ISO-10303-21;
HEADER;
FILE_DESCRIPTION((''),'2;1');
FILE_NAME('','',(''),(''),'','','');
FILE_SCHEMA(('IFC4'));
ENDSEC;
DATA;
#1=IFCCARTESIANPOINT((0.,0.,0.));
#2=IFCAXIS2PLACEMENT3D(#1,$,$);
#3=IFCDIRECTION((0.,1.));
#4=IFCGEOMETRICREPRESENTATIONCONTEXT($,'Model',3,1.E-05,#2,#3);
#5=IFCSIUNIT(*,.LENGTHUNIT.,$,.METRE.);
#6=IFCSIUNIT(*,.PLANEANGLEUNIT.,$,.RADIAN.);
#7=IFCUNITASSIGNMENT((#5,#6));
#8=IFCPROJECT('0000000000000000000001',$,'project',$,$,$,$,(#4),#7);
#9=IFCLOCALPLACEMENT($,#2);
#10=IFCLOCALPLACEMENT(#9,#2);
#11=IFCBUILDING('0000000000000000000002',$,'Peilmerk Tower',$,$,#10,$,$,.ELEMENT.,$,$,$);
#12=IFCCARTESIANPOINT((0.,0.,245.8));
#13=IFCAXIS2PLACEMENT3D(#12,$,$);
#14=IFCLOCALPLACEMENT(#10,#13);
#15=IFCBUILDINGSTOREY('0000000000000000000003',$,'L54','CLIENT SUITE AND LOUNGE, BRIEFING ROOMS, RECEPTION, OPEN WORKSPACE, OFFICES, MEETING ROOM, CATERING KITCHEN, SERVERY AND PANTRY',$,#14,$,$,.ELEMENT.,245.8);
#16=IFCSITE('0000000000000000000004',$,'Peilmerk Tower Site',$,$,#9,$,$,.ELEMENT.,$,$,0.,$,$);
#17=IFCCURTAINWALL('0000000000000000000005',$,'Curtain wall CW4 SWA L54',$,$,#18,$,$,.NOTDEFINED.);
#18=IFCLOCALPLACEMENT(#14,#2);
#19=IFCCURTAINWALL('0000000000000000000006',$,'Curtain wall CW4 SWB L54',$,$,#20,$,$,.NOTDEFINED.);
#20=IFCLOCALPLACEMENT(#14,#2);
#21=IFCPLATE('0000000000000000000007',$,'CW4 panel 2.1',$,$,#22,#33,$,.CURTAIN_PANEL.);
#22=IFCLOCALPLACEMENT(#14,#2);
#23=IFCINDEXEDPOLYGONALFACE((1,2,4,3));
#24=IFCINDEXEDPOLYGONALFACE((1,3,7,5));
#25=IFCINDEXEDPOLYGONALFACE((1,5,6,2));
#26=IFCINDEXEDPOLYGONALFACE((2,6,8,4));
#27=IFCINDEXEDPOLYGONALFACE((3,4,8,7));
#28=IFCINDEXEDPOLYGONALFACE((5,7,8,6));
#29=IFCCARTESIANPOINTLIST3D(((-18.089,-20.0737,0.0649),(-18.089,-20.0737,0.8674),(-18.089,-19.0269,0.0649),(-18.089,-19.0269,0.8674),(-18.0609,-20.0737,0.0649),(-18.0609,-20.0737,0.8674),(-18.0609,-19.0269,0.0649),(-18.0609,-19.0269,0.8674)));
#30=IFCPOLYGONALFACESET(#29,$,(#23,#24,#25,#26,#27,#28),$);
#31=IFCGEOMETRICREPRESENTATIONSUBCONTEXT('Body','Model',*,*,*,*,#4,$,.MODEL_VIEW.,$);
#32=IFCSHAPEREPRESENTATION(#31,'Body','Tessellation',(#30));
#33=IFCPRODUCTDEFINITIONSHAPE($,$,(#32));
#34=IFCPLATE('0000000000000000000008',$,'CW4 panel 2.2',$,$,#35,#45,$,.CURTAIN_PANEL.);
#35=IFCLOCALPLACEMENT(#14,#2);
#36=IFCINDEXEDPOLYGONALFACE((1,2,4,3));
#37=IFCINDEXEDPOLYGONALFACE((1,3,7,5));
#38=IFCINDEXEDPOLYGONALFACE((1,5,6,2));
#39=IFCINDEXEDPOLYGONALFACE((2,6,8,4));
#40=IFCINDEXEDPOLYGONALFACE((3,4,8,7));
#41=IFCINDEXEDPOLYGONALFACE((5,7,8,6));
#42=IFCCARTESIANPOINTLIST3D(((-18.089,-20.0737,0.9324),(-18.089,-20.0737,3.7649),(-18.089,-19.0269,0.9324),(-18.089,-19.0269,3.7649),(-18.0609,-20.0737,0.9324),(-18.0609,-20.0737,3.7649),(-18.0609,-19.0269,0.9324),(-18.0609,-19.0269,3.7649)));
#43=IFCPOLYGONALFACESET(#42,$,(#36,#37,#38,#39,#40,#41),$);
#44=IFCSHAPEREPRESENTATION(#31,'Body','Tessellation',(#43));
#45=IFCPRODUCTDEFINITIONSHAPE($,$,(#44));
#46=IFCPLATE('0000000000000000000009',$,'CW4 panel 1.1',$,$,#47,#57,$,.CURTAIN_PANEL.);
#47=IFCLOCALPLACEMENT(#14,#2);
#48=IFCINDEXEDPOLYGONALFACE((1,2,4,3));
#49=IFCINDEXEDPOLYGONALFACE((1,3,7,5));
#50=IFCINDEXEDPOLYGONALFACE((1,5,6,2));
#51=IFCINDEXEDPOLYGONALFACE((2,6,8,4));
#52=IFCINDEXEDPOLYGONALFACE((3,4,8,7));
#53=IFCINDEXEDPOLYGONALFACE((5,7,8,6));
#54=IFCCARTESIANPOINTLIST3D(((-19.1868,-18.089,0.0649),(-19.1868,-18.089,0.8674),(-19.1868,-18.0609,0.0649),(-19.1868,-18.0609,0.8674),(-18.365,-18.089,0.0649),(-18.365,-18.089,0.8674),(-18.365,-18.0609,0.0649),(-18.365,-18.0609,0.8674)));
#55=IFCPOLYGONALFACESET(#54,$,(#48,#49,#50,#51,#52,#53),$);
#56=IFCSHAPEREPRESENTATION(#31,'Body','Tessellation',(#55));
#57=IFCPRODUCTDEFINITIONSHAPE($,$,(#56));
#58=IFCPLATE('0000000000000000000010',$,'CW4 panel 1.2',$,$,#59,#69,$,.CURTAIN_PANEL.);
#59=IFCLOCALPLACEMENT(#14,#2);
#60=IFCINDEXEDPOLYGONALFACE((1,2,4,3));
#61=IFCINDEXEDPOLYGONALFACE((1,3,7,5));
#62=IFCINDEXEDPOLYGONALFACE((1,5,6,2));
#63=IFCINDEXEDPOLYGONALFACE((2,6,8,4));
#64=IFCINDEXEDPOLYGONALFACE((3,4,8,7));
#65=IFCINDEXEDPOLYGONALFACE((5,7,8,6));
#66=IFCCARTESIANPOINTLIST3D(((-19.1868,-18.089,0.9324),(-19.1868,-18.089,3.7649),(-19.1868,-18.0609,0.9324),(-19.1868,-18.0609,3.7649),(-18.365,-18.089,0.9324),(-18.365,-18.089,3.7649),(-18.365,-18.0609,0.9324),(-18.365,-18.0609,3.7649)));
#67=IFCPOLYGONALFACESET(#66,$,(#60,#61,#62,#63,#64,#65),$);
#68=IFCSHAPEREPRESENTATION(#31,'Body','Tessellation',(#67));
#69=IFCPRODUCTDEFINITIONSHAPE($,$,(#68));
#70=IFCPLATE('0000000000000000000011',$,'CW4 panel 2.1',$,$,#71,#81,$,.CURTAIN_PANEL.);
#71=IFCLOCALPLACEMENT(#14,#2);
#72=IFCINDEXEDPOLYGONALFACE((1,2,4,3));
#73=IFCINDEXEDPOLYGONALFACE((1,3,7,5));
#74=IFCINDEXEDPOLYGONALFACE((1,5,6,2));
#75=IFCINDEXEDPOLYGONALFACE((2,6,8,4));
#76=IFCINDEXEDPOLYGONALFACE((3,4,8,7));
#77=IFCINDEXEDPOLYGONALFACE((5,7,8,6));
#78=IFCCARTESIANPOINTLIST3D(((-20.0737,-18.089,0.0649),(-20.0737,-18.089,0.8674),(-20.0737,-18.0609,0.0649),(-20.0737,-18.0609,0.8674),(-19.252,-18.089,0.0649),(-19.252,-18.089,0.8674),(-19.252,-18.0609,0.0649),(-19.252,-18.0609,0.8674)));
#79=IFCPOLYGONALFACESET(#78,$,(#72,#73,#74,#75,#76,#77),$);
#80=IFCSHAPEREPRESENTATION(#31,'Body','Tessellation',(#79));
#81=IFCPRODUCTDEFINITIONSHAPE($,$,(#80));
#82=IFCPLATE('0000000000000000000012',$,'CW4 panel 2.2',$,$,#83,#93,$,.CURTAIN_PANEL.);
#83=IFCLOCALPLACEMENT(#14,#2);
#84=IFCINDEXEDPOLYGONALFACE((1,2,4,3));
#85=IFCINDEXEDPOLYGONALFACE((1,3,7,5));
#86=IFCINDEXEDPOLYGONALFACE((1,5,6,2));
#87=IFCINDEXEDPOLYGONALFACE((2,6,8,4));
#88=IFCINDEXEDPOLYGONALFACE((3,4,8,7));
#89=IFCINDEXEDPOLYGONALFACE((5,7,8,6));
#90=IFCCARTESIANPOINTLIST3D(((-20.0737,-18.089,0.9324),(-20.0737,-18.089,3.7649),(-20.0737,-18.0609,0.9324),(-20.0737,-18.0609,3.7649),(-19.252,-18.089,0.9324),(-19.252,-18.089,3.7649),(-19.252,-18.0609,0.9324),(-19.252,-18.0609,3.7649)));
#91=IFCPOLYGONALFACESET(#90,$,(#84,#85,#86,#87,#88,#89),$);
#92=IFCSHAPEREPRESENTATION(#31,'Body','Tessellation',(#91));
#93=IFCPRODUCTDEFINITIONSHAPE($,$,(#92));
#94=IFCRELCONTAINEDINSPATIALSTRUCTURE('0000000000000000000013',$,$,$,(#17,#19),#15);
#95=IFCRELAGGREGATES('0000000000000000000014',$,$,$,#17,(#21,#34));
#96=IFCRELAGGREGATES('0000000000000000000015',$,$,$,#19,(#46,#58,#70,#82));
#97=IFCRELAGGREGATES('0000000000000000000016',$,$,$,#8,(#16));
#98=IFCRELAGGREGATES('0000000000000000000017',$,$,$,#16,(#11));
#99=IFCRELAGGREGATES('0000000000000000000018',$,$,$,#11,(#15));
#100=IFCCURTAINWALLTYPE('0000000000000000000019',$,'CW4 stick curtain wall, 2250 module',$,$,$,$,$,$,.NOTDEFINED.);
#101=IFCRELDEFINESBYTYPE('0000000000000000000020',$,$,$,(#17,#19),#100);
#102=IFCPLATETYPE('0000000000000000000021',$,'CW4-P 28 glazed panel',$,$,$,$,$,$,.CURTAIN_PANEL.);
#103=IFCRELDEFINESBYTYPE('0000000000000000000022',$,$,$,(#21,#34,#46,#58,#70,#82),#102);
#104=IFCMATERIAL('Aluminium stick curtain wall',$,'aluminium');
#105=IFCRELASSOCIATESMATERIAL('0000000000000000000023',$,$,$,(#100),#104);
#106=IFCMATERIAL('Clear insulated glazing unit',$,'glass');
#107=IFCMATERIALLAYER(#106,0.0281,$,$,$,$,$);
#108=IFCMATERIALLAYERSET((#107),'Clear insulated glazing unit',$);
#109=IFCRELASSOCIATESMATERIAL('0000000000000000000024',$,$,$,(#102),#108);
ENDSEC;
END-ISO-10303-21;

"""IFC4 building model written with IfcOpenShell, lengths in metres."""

from ifc_helpers import new_model, si_unit, direction, frame, origin, origin_2d, place, context, subcontext, project, spatial, rectangle, extrude, material, layer, layer_set, type_object, element, aggregate, save


model = new_model("IFC4")

# Units and contexts
model_context = context("Model", 3, precision=1e-05, world=origin(), true_north=direction((0.0, 1.0)))
body_context = subcontext(model_context, "Body", "Model", "MODEL_VIEW")
ifc_project = project(units=[si_unit("LENGTHUNIT", "METRE"), si_unit("PLANEANGLEUNIT", "RADIAN")], contexts=[model_context])

# Site, building, storey
site_placement = place(None, origin())
site = spatial("IfcSite", under=ifc_project, at=site_placement, Name="Peilmerk Tower Site", CompositionType="ELEMENT", RefElevation=0.0)
building_placement = place(site_placement, origin())
building = spatial("IfcBuilding", under=site, at=building_placement, Name="Peilmerk Tower", CompositionType="ELEMENT")
storey_placement = place(building_placement, frame((0.0, 0.0, 245.8)))
storey = spatial("IfcBuildingStorey", under=building, at=storey_placement, Name="L54", Description="CLIENT SUITE AND LOUNGE, BRIEFING ROOMS, RECEPTION, OPEN WORKSPACE, OFFICES, MEETING ROOM, CATERING KITCHEN, SERVERY AND PANTRY", CompositionType="ELEMENT", Elevation=245.8)

# Curtain wall
ifc_material_1 = material(Name="Aluminium stick curtain wall", Category="aluminium")
curtain_wall_type = type_object("IfcCurtainWallType", Name="CW4 stick curtain wall, 2250 module", PredefinedType="NOTDEFINED", material=ifc_material_1)
curtain_wall_1_placement = place(storey_placement, origin())
curtain_wall_1 = element("IfcCurtainWall", 1, at=curtain_wall_1_placement, inside=storey, type_object=curtain_wall_type, Name="Curtain wall CW4 SWA L54", PredefinedType="NOTDEFINED")

# Curtain wall
curtain_wall_2_placement = place(storey_placement, origin())
curtain_wall_2 = element("IfcCurtainWall", 2, at=curtain_wall_2_placement, inside=storey, type_object=curtain_wall_type, Name="Curtain wall CW4 SWB L54", PredefinedType="NOTDEFINED")

# Plates
ifc_material_2 = material(Name="Clear insulated glazing unit", Category="glass")
ifc_layer_1 = layer(ifc_material_2, 0.0281)
ifc_layer_set_1 = layer_set([ifc_layer_1], Name="Clear insulated glazing unit")
plate_type = type_object("IfcPlateType", Name="CW4-P 28 glazed panel", PredefinedType="CURTAIN_PANEL", material=ifc_layer_set_1)
plate_1_placement = place(storey_placement, frame((-18.075, -19.5503, 0.0649), z_axis=(0.0, 0.0, 1.0), x_axis=(0.0, -1.0, 0.0)))
plate_1 = element("IfcPlate", 3, at=plate_1_placement, type_object=plate_type, Name="CW4 panel 2.1", PredefinedType="CURTAIN_PANEL", context=body_context, shape_type="SweptSolid", body=[
    extrude(rectangle(XDim=1.0469, YDim=0.0281, at=origin_2d()), origin(), (0.0, 0.0, 1.0), 0.8025),
])
plate_2_placement = place(storey_placement, frame((-18.075, -19.5503, 0.9324), z_axis=(0.0, 0.0, 1.0), x_axis=(0.0, -1.0, 0.0)))
plate_2 = element("IfcPlate", 4, at=plate_2_placement, type_object=plate_type, Name="CW4 panel 2.2", PredefinedType="CURTAIN_PANEL", context=body_context, shape_type="SweptSolid", body=[
    extrude(rectangle(XDim=1.0469, YDim=0.0281, at=origin_2d()), origin(), (0.0, 0.0, 1.0), 2.8325),
])
aggregate(curtain_wall_1, [plate_1, plate_2])
plate_3_placement = place(storey_placement, frame((-18.7759, -18.075, 0.0649), z_axis=(0.0, 0.0, 1.0), x_axis=(-1.0, 0.0, 0.0)))
plate_3 = element("IfcPlate", 5, at=plate_3_placement, type_object=plate_type, Name="CW4 panel 1.1", PredefinedType="CURTAIN_PANEL", context=body_context, shape_type="SweptSolid", body=[
    extrude(rectangle(XDim=0.8218, YDim=0.0281, at=origin_2d()), origin(), (0.0, 0.0, 1.0), 0.8025),
])
plate_4_placement = place(storey_placement, frame((-18.7759, -18.075, 0.9324), z_axis=(0.0, 0.0, 1.0), x_axis=(-1.0, 0.0, 0.0)))
plate_4 = element("IfcPlate", 6, at=plate_4_placement, type_object=plate_type, Name="CW4 panel 1.2", PredefinedType="CURTAIN_PANEL", context=body_context, shape_type="SweptSolid", body=[
    extrude(rectangle(XDim=0.8218, YDim=0.0281, at=origin_2d()), origin(), (0.0, 0.0, 1.0), 2.8325),
])
plate_5_placement = place(storey_placement, frame((-19.6628, -18.075, 0.0649), z_axis=(0.0, 0.0, 1.0), x_axis=(-1.0, 0.0, 0.0)))
plate_5 = element("IfcPlate", 7, at=plate_5_placement, type_object=plate_type, Name="CW4 panel 2.1", PredefinedType="CURTAIN_PANEL", context=body_context, shape_type="SweptSolid", body=[
    extrude(rectangle(XDim=0.8218, YDim=0.0281, at=origin_2d()), origin(), (0.0, 0.0, 1.0), 0.8025),
])
plate_6_placement = place(storey_placement, frame((-19.6628, -18.075, 0.9324), z_axis=(0.0, 0.0, 1.0), x_axis=(-1.0, 0.0, 0.0)))
plate_6 = element("IfcPlate", 8, at=plate_6_placement, type_object=plate_type, Name="CW4 panel 2.2", PredefinedType="CURTAIN_PANEL", context=body_context, shape_type="SweptSolid", body=[
    extrude(rectangle(XDim=0.8218, YDim=0.0281, at=origin_2d()), origin(), (0.0, 0.0, 1.0), 2.8325),
])
aggregate(curtain_wall_2, [plate_3, plate_4, plate_5, plate_6])

save(model, "model.ifc")
